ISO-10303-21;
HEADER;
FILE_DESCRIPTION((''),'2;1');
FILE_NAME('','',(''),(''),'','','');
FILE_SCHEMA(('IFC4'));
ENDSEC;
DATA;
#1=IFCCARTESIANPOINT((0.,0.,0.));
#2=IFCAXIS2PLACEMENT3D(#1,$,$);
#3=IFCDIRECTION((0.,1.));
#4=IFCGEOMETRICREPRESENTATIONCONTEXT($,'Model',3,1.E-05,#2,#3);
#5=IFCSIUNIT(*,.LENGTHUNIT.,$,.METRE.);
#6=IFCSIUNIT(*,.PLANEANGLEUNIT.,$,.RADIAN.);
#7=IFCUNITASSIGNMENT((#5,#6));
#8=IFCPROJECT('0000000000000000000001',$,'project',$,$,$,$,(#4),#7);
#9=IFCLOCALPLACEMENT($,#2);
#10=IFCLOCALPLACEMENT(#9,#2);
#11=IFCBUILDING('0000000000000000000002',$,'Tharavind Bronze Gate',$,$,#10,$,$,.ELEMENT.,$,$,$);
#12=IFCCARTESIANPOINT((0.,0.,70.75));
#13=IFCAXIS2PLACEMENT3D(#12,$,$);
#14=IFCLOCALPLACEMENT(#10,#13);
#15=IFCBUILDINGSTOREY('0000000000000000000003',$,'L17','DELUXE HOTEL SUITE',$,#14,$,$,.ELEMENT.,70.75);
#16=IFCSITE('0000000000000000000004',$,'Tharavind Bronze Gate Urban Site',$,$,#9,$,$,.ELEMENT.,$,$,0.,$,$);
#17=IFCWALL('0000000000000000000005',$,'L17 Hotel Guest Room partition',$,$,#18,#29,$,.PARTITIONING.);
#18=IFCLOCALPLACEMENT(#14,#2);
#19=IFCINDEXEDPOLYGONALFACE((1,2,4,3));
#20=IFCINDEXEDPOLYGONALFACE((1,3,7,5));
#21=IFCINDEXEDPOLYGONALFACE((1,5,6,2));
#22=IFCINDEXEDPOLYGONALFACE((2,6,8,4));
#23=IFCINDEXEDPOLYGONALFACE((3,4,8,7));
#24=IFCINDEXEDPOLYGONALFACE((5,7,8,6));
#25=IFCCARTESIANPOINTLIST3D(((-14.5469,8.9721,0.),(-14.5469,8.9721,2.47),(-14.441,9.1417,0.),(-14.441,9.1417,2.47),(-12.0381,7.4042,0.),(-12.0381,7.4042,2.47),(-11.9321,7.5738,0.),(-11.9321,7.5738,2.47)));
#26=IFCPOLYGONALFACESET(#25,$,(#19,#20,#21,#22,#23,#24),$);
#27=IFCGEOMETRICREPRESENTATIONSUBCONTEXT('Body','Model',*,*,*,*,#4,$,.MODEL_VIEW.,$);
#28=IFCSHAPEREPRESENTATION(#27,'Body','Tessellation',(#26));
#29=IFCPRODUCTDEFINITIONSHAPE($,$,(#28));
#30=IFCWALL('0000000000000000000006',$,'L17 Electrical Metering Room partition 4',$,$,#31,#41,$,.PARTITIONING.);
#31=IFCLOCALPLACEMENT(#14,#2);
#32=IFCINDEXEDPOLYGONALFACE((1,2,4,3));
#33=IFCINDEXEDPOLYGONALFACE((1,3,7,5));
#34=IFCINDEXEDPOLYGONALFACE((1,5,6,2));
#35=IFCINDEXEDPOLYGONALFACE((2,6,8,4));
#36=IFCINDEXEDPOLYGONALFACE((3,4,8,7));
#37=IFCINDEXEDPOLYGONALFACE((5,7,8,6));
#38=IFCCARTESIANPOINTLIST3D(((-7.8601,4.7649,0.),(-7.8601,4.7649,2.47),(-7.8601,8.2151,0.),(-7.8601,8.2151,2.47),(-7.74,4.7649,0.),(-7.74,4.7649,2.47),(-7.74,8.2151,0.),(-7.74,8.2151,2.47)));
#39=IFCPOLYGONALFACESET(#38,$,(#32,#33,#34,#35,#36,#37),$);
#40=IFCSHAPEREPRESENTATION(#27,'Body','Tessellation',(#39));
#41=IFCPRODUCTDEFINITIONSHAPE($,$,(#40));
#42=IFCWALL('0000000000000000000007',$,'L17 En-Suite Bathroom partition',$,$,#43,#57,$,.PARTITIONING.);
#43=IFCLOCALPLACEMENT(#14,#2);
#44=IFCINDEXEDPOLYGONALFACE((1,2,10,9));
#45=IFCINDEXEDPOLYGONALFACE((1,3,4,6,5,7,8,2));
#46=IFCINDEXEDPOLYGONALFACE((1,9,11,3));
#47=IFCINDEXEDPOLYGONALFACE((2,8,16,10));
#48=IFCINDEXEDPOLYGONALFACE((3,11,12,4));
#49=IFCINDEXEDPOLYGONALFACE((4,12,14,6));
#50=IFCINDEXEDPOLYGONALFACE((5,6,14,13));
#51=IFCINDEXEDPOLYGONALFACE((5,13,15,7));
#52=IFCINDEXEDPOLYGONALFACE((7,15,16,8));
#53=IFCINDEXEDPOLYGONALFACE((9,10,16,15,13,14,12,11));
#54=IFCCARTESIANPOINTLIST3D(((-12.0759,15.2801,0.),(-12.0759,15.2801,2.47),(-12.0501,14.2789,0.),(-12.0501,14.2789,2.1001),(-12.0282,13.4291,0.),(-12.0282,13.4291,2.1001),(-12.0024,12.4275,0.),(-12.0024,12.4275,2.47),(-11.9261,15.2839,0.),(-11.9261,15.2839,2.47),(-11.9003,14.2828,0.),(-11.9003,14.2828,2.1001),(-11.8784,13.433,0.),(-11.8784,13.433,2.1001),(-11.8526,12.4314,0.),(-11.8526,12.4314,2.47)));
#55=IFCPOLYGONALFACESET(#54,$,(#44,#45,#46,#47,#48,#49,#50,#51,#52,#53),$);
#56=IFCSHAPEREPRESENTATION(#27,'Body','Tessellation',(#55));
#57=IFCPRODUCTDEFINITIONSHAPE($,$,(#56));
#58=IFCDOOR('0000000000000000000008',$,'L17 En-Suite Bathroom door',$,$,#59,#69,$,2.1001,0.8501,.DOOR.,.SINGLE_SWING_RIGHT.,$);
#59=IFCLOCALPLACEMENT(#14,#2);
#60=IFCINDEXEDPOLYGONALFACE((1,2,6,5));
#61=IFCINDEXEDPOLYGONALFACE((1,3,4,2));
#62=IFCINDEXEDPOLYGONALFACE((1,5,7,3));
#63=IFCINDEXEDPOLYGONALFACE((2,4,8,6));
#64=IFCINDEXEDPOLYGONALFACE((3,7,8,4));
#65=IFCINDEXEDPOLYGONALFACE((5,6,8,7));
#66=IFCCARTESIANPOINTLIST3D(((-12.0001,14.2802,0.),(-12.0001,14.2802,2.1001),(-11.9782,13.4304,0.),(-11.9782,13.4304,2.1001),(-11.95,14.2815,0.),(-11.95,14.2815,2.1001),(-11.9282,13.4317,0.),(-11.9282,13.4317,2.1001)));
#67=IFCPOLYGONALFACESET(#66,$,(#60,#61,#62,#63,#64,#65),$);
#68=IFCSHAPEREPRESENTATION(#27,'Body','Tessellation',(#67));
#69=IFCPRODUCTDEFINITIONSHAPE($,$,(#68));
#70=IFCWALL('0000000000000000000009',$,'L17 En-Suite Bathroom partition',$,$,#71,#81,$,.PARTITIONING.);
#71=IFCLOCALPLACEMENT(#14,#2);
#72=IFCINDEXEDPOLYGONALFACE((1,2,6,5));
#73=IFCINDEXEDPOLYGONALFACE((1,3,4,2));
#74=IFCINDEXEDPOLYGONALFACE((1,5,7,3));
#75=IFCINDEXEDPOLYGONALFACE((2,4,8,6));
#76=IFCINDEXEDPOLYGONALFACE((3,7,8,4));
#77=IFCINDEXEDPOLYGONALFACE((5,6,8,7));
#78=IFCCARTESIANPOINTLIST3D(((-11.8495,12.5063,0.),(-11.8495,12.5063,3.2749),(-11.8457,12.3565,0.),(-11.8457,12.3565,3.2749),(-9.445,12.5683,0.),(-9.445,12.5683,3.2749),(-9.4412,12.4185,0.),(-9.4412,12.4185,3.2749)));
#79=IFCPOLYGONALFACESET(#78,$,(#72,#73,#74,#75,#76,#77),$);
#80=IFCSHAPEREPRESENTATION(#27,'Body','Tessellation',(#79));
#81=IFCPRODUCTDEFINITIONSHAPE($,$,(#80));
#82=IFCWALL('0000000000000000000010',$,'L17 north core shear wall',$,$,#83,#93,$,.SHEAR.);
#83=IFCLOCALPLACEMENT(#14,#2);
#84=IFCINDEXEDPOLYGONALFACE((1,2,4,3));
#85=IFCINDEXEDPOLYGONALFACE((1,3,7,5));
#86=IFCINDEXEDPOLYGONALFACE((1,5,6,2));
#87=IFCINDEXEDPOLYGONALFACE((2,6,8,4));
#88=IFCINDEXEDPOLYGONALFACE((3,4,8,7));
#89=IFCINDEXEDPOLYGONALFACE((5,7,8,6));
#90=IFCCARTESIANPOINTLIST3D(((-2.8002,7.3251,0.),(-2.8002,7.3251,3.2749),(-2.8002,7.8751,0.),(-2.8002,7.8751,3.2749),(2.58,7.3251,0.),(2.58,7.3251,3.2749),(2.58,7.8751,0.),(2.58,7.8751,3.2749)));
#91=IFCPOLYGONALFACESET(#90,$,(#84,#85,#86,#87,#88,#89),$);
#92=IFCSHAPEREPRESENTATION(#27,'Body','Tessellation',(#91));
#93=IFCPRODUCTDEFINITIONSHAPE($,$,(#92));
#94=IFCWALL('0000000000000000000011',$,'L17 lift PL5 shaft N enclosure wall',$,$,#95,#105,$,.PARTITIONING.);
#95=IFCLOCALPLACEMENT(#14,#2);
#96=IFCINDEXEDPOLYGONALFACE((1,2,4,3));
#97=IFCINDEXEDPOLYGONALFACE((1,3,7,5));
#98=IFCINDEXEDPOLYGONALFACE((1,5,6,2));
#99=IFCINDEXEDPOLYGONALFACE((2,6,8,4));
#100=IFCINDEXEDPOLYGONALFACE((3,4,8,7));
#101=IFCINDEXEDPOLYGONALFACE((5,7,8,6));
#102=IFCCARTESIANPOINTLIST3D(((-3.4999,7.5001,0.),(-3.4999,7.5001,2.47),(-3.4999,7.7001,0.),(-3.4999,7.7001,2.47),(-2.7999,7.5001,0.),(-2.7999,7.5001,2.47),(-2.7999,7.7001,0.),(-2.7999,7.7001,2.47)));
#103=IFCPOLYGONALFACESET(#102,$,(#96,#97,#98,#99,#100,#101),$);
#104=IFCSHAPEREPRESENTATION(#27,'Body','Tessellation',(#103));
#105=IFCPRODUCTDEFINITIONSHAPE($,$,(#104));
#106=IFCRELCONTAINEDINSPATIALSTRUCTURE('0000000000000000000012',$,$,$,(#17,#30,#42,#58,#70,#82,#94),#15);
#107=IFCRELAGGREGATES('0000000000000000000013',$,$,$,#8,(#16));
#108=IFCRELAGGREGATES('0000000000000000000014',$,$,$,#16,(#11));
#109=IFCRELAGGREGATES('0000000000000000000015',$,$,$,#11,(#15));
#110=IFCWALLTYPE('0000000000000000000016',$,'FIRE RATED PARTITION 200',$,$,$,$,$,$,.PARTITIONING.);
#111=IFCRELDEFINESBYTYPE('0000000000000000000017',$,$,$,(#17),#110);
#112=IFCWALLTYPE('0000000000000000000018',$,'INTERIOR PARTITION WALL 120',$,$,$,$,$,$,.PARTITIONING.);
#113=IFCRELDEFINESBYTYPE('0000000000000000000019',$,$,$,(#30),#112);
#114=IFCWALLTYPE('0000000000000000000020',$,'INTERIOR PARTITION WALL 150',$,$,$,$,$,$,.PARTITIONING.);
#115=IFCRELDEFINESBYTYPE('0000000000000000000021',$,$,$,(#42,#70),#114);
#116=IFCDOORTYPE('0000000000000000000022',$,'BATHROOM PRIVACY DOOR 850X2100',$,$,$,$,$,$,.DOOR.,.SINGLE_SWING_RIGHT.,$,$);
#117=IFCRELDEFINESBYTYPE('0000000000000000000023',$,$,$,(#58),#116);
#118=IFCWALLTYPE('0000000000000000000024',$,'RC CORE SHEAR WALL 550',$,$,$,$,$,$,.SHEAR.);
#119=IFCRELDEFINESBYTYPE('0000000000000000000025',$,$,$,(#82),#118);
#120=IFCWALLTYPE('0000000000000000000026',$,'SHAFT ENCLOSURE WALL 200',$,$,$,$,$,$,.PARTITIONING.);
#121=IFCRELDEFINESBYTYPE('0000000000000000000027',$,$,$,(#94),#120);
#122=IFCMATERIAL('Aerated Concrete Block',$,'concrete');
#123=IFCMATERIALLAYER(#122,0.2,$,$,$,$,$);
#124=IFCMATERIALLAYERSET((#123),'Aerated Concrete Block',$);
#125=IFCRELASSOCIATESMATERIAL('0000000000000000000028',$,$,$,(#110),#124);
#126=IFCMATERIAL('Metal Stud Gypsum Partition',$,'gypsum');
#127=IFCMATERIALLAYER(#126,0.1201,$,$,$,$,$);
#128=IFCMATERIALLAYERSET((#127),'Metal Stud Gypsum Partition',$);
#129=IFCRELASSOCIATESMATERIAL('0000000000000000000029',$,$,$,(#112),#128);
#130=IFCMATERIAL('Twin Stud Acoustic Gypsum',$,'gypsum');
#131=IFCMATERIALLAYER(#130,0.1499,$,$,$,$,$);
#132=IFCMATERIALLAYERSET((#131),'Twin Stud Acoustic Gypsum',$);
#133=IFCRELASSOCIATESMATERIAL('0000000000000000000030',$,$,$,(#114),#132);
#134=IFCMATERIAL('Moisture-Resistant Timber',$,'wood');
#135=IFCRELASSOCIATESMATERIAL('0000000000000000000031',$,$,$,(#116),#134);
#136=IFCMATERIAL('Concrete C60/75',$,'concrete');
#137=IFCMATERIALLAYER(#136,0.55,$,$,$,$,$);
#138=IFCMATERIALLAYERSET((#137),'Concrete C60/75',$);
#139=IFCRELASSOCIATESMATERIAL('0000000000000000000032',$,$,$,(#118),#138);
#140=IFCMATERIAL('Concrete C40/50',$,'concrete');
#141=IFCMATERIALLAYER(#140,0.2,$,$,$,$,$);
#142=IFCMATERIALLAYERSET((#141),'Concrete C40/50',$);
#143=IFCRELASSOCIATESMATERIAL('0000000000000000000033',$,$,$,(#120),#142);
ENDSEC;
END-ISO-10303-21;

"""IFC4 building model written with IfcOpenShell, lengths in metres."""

from ifc_helpers import new_model, si_unit, direction, frame, frame_2d, origin, place, context, subcontext, project, spatial, rectangle, extrude, material, layer, layer_set, type_object, element, fill, save


model = new_model("IFC4")

# Units and contexts
model_context = context("Model", 3, precision=1e-05, world=origin(), true_north=direction((0.0, 1.0)))
body_context = subcontext(model_context, "Body", "Model", "MODEL_VIEW")
ifc_project = project(units=[si_unit("LENGTHUNIT", "METRE"), si_unit("PLANEANGLEUNIT", "RADIAN")], contexts=[model_context])

# Site, building, storey
site_placement = place(None, origin())
site = spatial("IfcSite", under=ifc_project, at=site_placement, Name="Tharavind Bronze Gate Urban Site", CompositionType="ELEMENT", RefElevation=0.0)
building_placement = place(site_placement, origin())
building = spatial("IfcBuilding", under=site, at=building_placement, Name="Tharavind Bronze Gate", CompositionType="ELEMENT")
storey_placement = place(building_placement, frame((0.0, 0.0, 70.75)))
storey = spatial("IfcBuildingStorey", under=building, at=storey_placement, Name="L17", Description="DELUXE HOTEL SUITE", CompositionType="ELEMENT", Elevation=70.75)

# Shared definitions
ifc_material_1 = material(Name="Aerated Concrete Block", Category="concrete")
ifc_layer_1 = layer(ifc_material_1, 0.2)
ifc_layer_set_1 = layer_set([ifc_layer_1], Name="Aerated Concrete Block")
wall_type_1 = type_object("IfcWallType", Name="FIRE RATED PARTITION 200", PredefinedType="PARTITIONING", material=ifc_layer_set_1)

# Wall
wall_1_placement = place(storey_placement, frame((-11.9851, 7.489, 0.0), z_axis=(0.0, 0.0, 1.0), x_axis=(-0.848017, 0.529969, 0.0)))
element("IfcWall", 1, at=wall_1_placement, inside=storey, type_object=wall_type_1, Name="L17 Hotel Guest Room partition", PredefinedType="PARTITIONING", context=body_context, shape_type="SweptSolid", body=[
    extrude(rectangle(XDim=2.9585, YDim=0.2, at=frame_2d((1.4792, 0.0))), origin(), (0.0, 0.0, 1.0), 2.47),
])

# Wall
ifc_material_2 = material(Name="Metal Stud Gypsum Partition", Category="gypsum")
ifc_layer_2 = layer(ifc_material_2, 0.1201)
ifc_layer_set_2 = layer_set([ifc_layer_2], Name="Metal Stud Gypsum Partition")
wall_type_2 = type_object("IfcWallType", Name="INTERIOR PARTITION WALL 120", PredefinedType="PARTITIONING", material=ifc_layer_set_2)
wall_2_placement = place(storey_placement, frame((-7.8, 8.2151, 0.0), z_axis=(0.0, 0.0, 1.0), x_axis=(0.0, -1.0, 0.0)))
element("IfcWall", 2, at=wall_2_placement, inside=storey, type_object=wall_type_2, Name="L17 Electrical Metering Room partition 4", PredefinedType="PARTITIONING", context=body_context, shape_type="SweptSolid", body=[
    extrude(rectangle(XDim=3.4502, YDim=0.1201, at=frame_2d((1.7251, 0.0))), origin(), (0.0, 0.0, 1.0), 2.47),
])

# Wall, opening, door
ifc_material_3 = material(Name="Twin Stud Acoustic Gypsum", Category="gypsum")
ifc_layer_3 = layer(ifc_material_3, 0.1499)
ifc_layer_set_3 = layer_set([ifc_layer_3], Name="Twin Stud Acoustic Gypsum")
wall_type_3 = type_object("IfcWallType", Name="INTERIOR PARTITION WALL 150", PredefinedType="PARTITIONING", material=ifc_layer_set_3)
wall_3_placement = place(storey_placement, frame((-11.9275, 12.4294, 0.0), z_axis=(0.0, 0.0, 1.0), x_axis=(-0.025753, 0.999668, 0.0)))
wall_3 = element("IfcWall", 3, at=wall_3_placement, inside=storey, type_object=wall_type_3, Name="L17 En-Suite Bathroom partition", PredefinedType="PARTITIONING", context=body_context, shape_type="SweptSolid", body=[
    extrude(rectangle(XDim=2.8535, YDim=0.1499, at=frame_2d((1.4268, 0.0))), origin(), (0.0, 0.0, 1.0), 2.47),
])
opening_1_placement = place(wall_3_placement, frame((1.002, 0.0, 0.0)))
opening_1 = element("IfcOpeningElement", 4, at=opening_1_placement, cuts=wall_3, PredefinedType="OPENING", context=body_context, shape_type="SweptSolid", body=[
    extrude(rectangle(XDim=0.8501, YDim=2.1001, at=frame_2d((0.425, 1.05))), frame((0.0, 0.085, 0.0), z_axis=(0.0, -1.0, 0.0), x_axis=(1.0, 0.0, 0.0)), (0.0, 0.0, 1.0), 0.1699),
])
ifc_material_4 = material(Name="Moisture-Resistant Timber", Category="wood")
door_type_1 = type_object("IfcDoorType", Name="BATHROOM PRIVACY DOOR 850X2100", OperationType="SINGLE_SWING_RIGHT", PredefinedType="DOOR", material=ifc_material_4)
door_1_placement = place(opening_1_placement, origin())
door_1 = element("IfcDoor", 5, at=door_1_placement, inside=storey, type_object=door_type_1, Name="L17 En-Suite Bathroom door", OperationType="SINGLE_SWING_RIGHT", OverallHeight=2.1001, OverallWidth=0.8501, PredefinedType="DOOR", context=body_context, shape_type="SweptSolid", body=[
    extrude(rectangle(XDim=0.8501, YDim=2.1001, at=frame_2d((0.425, 1.05))), frame((0.0, 0.0249, 0.0), z_axis=(0.0, -1.0, 0.0), x_axis=(1.0, 0.0, 0.0)), (0.0, 0.0, 1.0), 0.05),
])
fill(opening_1, door_1)

# Walls
wall_4_placement = place(storey_placement, frame((-9.4431, 12.4934, 0.0), z_axis=(0.0, 0.0, 1.0), x_axis=(-0.999668, -0.025781, 0.0)))
element("IfcWall", 6, at=wall_4_placement, inside=storey, type_object=wall_type_3, Name="L17 En-Suite Bathroom partition", PredefinedType="PARTITIONING", context=body_context, shape_type="SweptSolid", body=[
    extrude(rectangle(XDim=2.4053, YDim=0.1499, at=frame_2d((1.2026, 0.0))), origin(), (0.0, 0.0, 1.0), 3.2749),
])
ifc_material_5 = material(Name="Concrete C60/75", Category="concrete")
ifc_layer_4 = layer(ifc_material_5, 0.55)
ifc_layer_set_4 = layer_set([ifc_layer_4], Name="Concrete C60/75")
wall_type_4 = type_object("IfcWallType", Name="RC CORE SHEAR WALL 550", PredefinedType="SHEAR", material=ifc_layer_set_4)
wall_5_placement = place(storey_placement, frame((-2.8, 7.6001, 0.0), z_axis=(0.0, 0.0, 1.0), x_axis=(1.0, 0.0, 0.0)))
element("IfcWall", 7, at=wall_5_placement, inside=storey, type_object=wall_type_4, Name="L17 north core shear wall", PredefinedType="SHEAR", context=body_context, shape_type="SweptSolid", body=[
    extrude(rectangle(XDim=5.3801, YDim=0.55, at=frame_2d((2.6899, 0.0))), origin(), (0.0, 0.0, 1.0), 3.2749),
])
ifc_material_6 = material(Name="Concrete C40/50", Category="concrete")
ifc_layer_5 = layer(ifc_material_6, 0.2)
ifc_layer_set_5 = layer_set([ifc_layer_5], Name="Concrete C40/50")
wall_type_5 = type_object("IfcWallType", Name="SHAFT ENCLOSURE WALL 200", PredefinedType="PARTITIONING", material=ifc_layer_set_5)
wall_6_placement = place(storey_placement, frame((-3.5, 7.6001, 0.0), z_axis=(0.0, 0.0, 1.0), x_axis=(1.0, 0.0, 0.0)))
element("IfcWall", 8, at=wall_6_placement, inside=storey, type_object=wall_type_5, Name="L17 lift PL5 shaft N enclosure wall", PredefinedType="PARTITIONING", context=body_context, shape_type="SweptSolid", body=[
    extrude(rectangle(XDim=0.7, YDim=0.2, at=frame_2d((0.3501, 0.0))), origin(), (0.0, 0.0, 1.0), 2.47),
])

save(model, "model.ifc")
